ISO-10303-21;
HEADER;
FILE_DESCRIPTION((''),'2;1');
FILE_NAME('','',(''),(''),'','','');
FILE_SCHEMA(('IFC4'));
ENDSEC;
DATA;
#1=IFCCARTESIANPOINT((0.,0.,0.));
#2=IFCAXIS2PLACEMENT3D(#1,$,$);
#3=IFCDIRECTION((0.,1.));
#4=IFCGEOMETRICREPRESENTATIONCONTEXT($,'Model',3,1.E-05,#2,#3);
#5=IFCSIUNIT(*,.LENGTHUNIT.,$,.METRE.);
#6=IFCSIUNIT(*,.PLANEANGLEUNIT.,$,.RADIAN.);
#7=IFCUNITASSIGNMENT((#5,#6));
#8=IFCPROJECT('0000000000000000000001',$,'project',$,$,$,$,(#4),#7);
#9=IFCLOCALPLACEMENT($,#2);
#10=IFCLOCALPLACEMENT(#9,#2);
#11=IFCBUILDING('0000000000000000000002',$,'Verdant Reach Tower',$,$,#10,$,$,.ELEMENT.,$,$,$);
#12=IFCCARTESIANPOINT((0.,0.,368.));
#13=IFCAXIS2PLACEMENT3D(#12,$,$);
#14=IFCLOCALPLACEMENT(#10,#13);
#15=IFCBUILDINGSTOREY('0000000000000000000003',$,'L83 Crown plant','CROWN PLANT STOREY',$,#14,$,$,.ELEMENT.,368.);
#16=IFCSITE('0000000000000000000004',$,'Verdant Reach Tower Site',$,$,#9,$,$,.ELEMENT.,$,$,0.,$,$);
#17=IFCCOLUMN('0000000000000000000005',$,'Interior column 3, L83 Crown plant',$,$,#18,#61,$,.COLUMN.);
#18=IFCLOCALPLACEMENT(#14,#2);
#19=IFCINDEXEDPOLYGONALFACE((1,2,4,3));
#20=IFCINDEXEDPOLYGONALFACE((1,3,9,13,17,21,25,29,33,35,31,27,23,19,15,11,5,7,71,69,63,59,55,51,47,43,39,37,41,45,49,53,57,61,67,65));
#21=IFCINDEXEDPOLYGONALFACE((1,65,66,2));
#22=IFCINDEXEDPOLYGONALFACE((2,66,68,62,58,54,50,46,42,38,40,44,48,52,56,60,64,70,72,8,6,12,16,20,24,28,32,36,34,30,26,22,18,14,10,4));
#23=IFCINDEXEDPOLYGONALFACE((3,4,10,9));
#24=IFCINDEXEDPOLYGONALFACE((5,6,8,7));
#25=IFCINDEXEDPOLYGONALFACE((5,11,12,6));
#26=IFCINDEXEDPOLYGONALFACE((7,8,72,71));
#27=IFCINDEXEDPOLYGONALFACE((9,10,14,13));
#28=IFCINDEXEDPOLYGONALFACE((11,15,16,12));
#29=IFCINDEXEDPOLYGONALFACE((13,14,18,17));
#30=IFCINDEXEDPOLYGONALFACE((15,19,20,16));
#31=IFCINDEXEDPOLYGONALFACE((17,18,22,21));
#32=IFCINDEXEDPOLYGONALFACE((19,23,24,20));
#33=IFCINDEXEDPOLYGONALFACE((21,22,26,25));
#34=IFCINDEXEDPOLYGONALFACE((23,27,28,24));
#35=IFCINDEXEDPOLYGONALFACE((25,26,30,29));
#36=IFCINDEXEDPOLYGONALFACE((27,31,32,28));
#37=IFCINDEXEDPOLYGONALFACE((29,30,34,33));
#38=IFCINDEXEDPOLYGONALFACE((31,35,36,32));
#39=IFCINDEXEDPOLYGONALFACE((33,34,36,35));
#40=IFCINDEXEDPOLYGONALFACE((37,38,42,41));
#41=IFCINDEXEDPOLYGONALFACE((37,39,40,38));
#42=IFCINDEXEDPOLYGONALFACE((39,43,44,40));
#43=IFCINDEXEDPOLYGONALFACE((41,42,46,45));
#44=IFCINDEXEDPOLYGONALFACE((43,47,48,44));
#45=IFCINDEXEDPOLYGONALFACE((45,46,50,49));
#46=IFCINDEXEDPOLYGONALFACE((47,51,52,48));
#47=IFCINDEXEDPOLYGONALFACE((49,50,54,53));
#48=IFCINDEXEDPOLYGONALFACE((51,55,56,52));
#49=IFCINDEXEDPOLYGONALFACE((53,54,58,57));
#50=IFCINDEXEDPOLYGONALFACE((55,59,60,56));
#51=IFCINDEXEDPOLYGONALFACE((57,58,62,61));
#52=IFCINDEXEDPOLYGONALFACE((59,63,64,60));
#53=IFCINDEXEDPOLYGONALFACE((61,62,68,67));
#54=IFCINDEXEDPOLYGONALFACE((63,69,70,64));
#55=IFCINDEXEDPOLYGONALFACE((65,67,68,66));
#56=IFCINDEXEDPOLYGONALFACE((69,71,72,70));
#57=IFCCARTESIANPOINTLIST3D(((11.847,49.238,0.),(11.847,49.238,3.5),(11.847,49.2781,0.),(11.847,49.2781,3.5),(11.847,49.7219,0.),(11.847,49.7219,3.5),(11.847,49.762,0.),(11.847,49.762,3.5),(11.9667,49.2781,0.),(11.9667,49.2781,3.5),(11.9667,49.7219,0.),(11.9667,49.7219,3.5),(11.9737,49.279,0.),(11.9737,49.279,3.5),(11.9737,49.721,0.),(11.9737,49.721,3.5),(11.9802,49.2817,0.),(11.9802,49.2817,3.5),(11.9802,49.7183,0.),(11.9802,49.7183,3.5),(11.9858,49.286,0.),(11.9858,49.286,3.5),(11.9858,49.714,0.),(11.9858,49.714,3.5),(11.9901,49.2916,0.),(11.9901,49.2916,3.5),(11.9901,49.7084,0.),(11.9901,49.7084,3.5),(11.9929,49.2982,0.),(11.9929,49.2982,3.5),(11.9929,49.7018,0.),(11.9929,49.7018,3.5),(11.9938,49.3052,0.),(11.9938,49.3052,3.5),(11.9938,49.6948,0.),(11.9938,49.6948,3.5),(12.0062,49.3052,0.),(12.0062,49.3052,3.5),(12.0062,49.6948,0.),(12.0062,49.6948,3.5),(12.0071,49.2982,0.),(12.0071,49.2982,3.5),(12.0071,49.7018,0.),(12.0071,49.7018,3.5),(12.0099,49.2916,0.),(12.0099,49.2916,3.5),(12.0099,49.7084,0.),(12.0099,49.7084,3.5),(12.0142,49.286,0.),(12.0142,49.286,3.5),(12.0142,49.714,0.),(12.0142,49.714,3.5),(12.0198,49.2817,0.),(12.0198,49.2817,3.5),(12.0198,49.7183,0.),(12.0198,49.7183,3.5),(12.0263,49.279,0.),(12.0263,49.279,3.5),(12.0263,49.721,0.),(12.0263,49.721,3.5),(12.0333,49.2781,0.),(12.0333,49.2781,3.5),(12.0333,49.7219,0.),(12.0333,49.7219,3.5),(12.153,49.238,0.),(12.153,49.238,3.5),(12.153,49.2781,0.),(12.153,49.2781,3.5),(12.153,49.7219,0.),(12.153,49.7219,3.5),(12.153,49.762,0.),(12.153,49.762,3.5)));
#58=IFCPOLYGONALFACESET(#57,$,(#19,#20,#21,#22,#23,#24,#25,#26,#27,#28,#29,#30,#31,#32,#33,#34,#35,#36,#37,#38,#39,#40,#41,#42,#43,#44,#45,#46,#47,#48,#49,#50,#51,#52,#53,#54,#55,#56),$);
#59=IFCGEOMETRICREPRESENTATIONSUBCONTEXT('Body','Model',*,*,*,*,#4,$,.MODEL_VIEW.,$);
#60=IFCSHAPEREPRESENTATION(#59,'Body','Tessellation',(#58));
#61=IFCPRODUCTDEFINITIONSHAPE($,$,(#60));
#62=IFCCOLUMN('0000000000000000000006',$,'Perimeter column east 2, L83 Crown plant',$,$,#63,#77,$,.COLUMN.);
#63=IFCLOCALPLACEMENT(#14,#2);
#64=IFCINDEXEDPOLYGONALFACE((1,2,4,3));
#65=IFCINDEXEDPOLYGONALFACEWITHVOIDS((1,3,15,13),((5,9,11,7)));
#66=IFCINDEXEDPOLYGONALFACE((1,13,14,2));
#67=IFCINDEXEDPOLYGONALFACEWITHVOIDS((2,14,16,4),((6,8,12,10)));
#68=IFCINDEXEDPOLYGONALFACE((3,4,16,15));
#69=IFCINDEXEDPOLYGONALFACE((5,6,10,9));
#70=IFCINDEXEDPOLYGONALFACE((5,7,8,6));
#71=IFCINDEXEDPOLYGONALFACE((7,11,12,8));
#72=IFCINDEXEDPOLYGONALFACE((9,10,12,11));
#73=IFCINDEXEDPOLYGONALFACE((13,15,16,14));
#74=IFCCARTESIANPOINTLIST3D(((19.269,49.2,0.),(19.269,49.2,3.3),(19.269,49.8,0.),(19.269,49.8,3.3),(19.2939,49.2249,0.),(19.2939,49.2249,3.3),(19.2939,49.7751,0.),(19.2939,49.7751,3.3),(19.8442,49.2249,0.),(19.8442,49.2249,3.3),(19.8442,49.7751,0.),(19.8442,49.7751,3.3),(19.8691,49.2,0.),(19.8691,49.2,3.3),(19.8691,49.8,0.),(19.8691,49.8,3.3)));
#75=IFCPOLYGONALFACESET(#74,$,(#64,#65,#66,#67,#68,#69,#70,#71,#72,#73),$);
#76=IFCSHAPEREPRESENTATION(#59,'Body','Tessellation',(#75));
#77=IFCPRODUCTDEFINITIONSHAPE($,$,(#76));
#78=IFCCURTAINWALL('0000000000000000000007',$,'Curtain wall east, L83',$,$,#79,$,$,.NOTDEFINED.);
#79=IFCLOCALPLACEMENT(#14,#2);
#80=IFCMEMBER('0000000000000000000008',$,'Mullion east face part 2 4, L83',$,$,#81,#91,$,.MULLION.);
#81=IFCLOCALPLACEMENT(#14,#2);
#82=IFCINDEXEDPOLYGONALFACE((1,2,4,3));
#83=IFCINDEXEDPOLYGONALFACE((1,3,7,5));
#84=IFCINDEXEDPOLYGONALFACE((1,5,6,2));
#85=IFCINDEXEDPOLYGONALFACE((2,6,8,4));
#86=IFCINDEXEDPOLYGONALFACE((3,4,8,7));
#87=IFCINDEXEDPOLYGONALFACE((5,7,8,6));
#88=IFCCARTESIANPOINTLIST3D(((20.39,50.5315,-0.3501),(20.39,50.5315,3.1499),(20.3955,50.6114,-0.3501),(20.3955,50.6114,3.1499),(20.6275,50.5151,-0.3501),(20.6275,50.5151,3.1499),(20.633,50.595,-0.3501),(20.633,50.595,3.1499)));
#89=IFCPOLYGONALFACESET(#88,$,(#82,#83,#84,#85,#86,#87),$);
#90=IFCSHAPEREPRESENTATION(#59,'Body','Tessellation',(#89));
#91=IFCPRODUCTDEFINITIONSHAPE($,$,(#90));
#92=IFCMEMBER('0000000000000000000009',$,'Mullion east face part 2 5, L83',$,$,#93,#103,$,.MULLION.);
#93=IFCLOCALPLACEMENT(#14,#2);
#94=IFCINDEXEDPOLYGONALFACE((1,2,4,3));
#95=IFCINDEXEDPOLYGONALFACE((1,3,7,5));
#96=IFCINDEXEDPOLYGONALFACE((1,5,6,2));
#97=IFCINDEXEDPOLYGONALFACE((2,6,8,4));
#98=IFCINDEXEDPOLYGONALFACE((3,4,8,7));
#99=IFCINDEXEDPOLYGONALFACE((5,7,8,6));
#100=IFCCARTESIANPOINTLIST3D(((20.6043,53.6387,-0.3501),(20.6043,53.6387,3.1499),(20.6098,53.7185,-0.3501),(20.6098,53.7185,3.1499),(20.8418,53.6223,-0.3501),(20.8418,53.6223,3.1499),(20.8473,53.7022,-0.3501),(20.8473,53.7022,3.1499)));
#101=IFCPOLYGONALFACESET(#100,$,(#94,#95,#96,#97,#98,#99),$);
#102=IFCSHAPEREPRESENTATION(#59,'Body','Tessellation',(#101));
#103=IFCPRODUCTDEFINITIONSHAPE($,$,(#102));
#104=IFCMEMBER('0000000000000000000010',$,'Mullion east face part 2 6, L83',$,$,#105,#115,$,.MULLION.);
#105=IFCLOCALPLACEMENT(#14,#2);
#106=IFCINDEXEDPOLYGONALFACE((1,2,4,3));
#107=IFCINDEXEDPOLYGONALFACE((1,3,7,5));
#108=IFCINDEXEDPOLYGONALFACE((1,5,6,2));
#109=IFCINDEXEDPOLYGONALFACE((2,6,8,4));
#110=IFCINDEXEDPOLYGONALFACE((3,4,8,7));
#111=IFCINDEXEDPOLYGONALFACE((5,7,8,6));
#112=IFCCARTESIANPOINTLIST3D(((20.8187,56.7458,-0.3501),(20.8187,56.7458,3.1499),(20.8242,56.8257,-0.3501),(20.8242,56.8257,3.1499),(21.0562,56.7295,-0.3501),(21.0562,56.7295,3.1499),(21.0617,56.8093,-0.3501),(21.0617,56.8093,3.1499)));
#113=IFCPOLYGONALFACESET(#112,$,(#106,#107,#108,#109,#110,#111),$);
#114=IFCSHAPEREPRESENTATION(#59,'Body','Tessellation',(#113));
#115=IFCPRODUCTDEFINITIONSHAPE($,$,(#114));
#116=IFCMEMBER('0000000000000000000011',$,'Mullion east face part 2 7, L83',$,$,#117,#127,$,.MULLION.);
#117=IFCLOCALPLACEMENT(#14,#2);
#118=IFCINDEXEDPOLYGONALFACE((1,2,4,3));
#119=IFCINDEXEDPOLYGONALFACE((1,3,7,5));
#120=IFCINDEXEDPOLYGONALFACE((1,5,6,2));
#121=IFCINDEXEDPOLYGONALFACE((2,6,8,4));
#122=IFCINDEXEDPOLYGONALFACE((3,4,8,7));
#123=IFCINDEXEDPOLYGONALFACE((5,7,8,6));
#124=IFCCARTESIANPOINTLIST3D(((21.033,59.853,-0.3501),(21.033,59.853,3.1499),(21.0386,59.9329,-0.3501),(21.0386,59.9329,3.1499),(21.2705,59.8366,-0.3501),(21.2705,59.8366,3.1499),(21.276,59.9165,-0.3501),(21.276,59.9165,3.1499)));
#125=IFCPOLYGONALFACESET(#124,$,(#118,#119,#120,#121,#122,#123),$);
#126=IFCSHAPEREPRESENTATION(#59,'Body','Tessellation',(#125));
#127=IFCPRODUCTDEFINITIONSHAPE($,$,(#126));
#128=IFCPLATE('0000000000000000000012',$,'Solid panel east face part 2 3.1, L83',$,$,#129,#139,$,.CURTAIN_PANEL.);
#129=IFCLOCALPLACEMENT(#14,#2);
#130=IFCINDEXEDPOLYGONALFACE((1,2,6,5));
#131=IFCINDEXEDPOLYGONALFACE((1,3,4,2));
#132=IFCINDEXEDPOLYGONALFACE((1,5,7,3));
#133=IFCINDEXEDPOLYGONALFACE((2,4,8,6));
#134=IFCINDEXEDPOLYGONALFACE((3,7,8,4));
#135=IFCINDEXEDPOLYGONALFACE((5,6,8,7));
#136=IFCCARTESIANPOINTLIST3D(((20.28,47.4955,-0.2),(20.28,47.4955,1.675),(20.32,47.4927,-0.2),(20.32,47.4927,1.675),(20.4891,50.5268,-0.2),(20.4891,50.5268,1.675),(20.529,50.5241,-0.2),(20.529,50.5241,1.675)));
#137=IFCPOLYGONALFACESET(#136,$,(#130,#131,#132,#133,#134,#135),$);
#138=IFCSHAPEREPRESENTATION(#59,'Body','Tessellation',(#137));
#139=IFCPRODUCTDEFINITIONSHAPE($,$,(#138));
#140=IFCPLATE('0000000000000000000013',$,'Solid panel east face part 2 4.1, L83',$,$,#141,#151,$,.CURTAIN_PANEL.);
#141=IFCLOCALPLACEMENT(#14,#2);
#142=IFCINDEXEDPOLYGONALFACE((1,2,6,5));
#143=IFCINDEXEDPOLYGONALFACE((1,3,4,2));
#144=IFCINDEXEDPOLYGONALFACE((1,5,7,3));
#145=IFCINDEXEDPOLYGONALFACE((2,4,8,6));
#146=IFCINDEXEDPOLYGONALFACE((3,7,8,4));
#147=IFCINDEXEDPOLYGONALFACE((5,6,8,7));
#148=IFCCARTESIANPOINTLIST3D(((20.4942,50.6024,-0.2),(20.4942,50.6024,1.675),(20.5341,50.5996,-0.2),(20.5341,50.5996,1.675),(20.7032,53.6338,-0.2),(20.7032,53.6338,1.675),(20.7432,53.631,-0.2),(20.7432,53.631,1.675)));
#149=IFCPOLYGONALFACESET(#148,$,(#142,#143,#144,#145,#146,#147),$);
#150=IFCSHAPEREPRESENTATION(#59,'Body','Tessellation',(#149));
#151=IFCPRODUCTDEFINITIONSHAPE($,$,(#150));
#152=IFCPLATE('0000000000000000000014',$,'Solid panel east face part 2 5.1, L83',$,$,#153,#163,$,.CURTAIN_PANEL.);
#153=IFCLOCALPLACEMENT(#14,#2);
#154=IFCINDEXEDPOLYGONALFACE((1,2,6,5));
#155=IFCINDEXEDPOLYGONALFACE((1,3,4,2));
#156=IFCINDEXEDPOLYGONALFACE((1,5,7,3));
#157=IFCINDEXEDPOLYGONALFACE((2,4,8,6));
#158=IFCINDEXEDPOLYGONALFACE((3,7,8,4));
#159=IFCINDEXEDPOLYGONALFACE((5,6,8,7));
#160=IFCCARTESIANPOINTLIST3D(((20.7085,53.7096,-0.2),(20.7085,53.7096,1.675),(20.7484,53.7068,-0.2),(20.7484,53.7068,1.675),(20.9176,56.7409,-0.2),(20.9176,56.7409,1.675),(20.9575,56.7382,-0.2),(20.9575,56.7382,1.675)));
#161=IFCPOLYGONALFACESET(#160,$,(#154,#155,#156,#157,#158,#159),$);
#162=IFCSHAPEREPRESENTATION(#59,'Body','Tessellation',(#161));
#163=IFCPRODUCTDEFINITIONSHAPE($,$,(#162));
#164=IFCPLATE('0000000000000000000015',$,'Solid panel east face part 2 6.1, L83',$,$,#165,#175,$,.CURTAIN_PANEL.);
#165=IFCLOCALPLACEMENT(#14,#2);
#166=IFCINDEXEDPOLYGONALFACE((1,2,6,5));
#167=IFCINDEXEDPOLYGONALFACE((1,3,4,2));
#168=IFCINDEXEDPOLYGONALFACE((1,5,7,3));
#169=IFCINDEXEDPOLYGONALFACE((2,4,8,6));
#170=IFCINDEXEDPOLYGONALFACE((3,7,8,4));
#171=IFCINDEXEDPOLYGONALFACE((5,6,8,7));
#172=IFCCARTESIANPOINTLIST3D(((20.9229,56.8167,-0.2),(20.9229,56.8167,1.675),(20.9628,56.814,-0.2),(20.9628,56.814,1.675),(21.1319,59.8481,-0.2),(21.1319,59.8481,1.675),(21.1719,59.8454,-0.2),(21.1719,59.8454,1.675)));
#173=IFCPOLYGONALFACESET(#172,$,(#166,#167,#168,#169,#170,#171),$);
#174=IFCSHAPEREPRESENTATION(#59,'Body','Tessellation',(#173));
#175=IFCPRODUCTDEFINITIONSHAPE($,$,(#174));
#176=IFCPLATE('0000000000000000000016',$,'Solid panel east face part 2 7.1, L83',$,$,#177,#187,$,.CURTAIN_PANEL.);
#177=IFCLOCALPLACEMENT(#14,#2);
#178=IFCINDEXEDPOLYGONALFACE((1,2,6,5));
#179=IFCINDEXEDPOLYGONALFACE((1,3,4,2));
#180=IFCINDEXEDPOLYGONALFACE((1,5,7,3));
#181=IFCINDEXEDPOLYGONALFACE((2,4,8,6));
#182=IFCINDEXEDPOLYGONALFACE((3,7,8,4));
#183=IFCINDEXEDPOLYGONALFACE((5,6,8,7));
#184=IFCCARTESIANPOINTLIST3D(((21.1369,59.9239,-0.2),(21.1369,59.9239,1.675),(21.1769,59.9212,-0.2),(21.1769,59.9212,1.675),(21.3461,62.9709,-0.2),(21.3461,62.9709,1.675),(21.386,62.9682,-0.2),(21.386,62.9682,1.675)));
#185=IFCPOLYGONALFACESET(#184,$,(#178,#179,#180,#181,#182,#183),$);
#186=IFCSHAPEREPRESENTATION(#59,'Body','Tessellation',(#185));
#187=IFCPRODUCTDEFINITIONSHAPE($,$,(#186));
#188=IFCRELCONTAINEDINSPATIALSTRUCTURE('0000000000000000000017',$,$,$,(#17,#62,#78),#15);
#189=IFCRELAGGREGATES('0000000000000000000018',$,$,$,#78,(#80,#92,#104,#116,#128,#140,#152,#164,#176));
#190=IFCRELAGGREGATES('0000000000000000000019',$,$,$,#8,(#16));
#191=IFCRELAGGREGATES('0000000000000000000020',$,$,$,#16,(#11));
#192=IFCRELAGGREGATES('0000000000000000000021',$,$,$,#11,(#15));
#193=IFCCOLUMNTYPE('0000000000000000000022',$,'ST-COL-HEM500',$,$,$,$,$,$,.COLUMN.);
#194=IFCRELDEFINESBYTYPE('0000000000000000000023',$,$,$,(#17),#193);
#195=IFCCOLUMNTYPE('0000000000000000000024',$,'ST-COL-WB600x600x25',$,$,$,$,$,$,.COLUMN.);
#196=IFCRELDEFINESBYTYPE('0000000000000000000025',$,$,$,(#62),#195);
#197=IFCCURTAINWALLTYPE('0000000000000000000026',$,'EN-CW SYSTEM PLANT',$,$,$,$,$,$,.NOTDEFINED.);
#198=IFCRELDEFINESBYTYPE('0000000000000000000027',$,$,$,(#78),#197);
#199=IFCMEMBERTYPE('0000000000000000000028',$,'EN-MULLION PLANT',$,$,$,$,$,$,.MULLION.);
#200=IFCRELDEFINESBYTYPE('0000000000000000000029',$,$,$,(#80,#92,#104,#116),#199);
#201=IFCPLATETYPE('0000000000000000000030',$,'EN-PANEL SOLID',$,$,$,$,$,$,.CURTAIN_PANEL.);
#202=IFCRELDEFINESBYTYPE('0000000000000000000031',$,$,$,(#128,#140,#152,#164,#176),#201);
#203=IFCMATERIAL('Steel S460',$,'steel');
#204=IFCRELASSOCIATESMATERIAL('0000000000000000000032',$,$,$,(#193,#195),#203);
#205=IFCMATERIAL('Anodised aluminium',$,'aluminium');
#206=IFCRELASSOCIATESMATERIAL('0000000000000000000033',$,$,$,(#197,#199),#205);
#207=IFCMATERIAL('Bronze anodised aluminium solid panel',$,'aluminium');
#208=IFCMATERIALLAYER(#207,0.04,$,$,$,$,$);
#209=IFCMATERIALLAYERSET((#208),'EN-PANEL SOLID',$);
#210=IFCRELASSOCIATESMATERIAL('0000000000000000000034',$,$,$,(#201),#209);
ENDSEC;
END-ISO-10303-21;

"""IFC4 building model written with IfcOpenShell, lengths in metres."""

from ifc_helpers import new_model, si_unit, direction, frame, origin, origin_2d, place, context, subcontext, project, spatial, rectangle, hollow_rectangle, i_section, extrude, material, layer, layer_set, material_profile, profile_set, type_object, element, aggregate, save


model = new_model("IFC4")

# Units and contexts
model_context = context("Model", 3, precision=1e-05, world=origin(), true_north=direction((0.0, 1.0)))
body_context = subcontext(model_context, "Body", "Model", "MODEL_VIEW")
ifc_project = project(units=[si_unit("LENGTHUNIT", "METRE"), si_unit("PLANEANGLEUNIT", "RADIAN")], contexts=[model_context])

# Site, building, storey
site_placement = place(None, origin())
site = spatial("IfcSite", under=ifc_project, at=site_placement, Name="Verdant Reach Tower Site", CompositionType="ELEMENT", RefElevation=0.0)
building_placement = place(site_placement, origin())
building = spatial("IfcBuilding", under=site, at=building_placement, Name="Verdant Reach Tower", CompositionType="ELEMENT")
storey_placement = place(building_placement, frame((0.0, 0.0, 368.0)))
storey = spatial("IfcBuildingStorey", under=building, at=storey_placement, Name="L83 Crown plant", Description="CROWN PLANT STOREY", CompositionType="ELEMENT", Elevation=368.0)

# Columns
ifc_material_1 = material(Name="Steel S460", Category="steel")
ifc_material_profile_1 = material_profile(ifc_material_1, i_section(OverallWidth=0.3059, OverallDepth=0.5239, WebThickness=0.0125, FlangeThickness=0.04, FilletRadius=0.0271, at=origin_2d()), Name="HEM 500")
ifc_profile_set_1 = profile_set([ifc_material_profile_1], Name="Steel S460")
column_type_1 = type_object("IfcColumnType", Name="ST-COL-HEM500", PredefinedType="COLUMN", material=ifc_profile_set_1)
column_1_placement = place(storey_placement, frame((12.0, 49.5, 0.0), z_axis=(0.0, 0.0, 1.0), x_axis=(1.0, 0.0, 0.0)))
element("IfcColumn", 1, at=column_1_placement, inside=storey, type_object=column_type_1, Name="Interior column 3, L83 Crown plant", PredefinedType="COLUMN", context=body_context, shape_type="SweptSolid", body=[
    extrude(i_section(OverallWidth=0.3059, OverallDepth=0.5239, WebThickness=0.0125, FlangeThickness=0.04, FilletRadius=0.0271, at=origin_2d()), origin(), (0.0, 0.0, 1.0), 3.5),
])
ifc_material_profile_2 = material_profile(ifc_material_1, hollow_rectangle(XDim=0.6001, YDim=0.6001, WallThickness=0.0249, at=origin_2d()), Name="WB 600x600x25")
ifc_profile_set_2 = profile_set([ifc_material_profile_2], Name="Steel S460")
column_type_2 = type_object("IfcColumnType", Name="ST-COL-WB600x600x25", PredefinedType="COLUMN", material=ifc_profile_set_2)
column_2_placement = place(storey_placement, frame((19.5691, 49.5, 0.0), z_axis=(0.0, 0.0, 1.0), x_axis=(1.0, 0.0, 0.0)))
element("IfcColumn", 2, at=column_2_placement, inside=storey, type_object=column_type_2, Name="Perimeter column east 2, L83 Crown plant", PredefinedType="COLUMN", context=body_context, shape_type="SweptSolid", body=[
    extrude(hollow_rectangle(XDim=0.6001, YDim=0.6001, WallThickness=0.0249, at=origin_2d()), origin(), (0.0, 0.0, 1.0), 3.3),
])

# Curtain wall, members, plates
ifc_material_2 = material(Name="Anodised aluminium", Category="aluminium")
curtain_wall_type = type_object("IfcCurtainWallType", Name="EN-CW SYSTEM PLANT", PredefinedType="NOTDEFINED", material=ifc_material_2)
curtain_wall_placement = place(storey_placement, origin())
curtain_wall = element("IfcCurtainWall", 3, at=curtain_wall_placement, inside=storey, type_object=curtain_wall_type, Name="Curtain wall east, L83", PredefinedType="NOTDEFINED")
ifc_material_profile_3 = material_profile(ifc_material_2, rectangle(XDim=0.238, YDim=0.0801, at=origin_2d()), Name="Mullion 80x240")
ifc_profile_set_3 = profile_set([ifc_material_profile_3], Name="Anodised aluminium")
member_type = type_object("IfcMemberType", Name="EN-MULLION PLANT", PredefinedType="MULLION", material=ifc_profile_set_3)
member_1_placement = place(storey_placement, frame((20.5115, 50.5632, -0.3501), z_axis=(0.0, 0.0, 1.0), x_axis=(0.99763, -0.068802, 0.0)))
member_1 = element("IfcMember", 4, at=member_1_placement, type_object=member_type, Name="Mullion east face part 2 4, L83", PredefinedType="MULLION", context=body_context, shape_type="SweptSolid", body=[
    extrude(rectangle(XDim=0.238, YDim=0.0801, at=origin_2d()), origin(), (0.0, 0.0, 1.0), 3.5),
])
member_2_placement = place(storey_placement, frame((20.7258, 53.6704, -0.3501), z_axis=(0.0, 0.0, 1.0), x_axis=(0.99763, -0.068802, 0.0)))
member_2 = element("IfcMember", 5, at=member_2_placement, type_object=member_type, Name="Mullion east face part 2 5, L83", PredefinedType="MULLION", context=body_context, shape_type="SweptSolid", body=[
    extrude(rectangle(XDim=0.238, YDim=0.0801, at=origin_2d()), origin(), (0.0, 0.0, 1.0), 3.5),
])
member_3_placement = place(storey_placement, frame((20.9402, 56.7776, -0.3501), z_axis=(0.0, 0.0, 1.0), x_axis=(0.99763, -0.068802, 0.0)))
member_3 = element("IfcMember", 6, at=member_3_placement, type_object=member_type, Name="Mullion east face part 2 6, L83", PredefinedType="MULLION", context=body_context, shape_type="SweptSolid", body=[
    extrude(rectangle(XDim=0.238, YDim=0.0801, at=origin_2d()), origin(), (0.0, 0.0, 1.0), 3.5),
])
member_4_placement = place(storey_placement, frame((21.1545, 59.8848, -0.3501), z_axis=(0.0, 0.0, 1.0), x_axis=(0.99763, -0.068802, 0.0)))
member_4 = element("IfcMember", 7, at=member_4_placement, type_object=member_type, Name="Mullion east face part 2 7, L83", PredefinedType="MULLION", context=body_context, shape_type="SweptSolid", body=[
    extrude(rectangle(XDim=0.238, YDim=0.0801, at=origin_2d()), origin(), (0.0, 0.0, 1.0), 3.5),
])
ifc_material_3 = material(Name="Bronze anodised aluminium solid panel", Category="aluminium")
ifc_layer_1 = layer(ifc_material_3, 0.04)
ifc_layer_set_1 = layer_set([ifc_layer_1], Name="EN-PANEL SOLID")
plate_type = type_object("IfcPlateType", Name="EN-PANEL SOLID", PredefinedType="CURTAIN_PANEL", material=ifc_layer_set_1)
plate_1_placement = place(storey_placement, frame((20.4045, 49.0098, -0.2), z_axis=(0.0, 0.0, 1.0), x_axis=(0.068802, 0.99763, 0.0)))
plate_1 = element("IfcPlate", 8, at=plate_1_placement, type_object=plate_type, Name="Solid panel east face part 2 3.1, L83", PredefinedType="CURTAIN_PANEL", context=body_context, shape_type="SweptSolid", body=[
    extrude(rectangle(XDim=3.0386, YDim=0.04, at=origin_2d()), origin(), (0.0, 0.0, 1.0), 1.875),
])
plate_2_placement = place(storey_placement, frame((20.6187, 52.1167, -0.2), z_axis=(0.0, 0.0, 1.0), x_axis=(0.068802, 0.99763, 0.0)))
plate_2 = element("IfcPlate", 9, at=plate_2_placement, type_object=plate_type, Name="Solid panel east face part 2 4.1, L83", PredefinedType="CURTAIN_PANEL", context=body_context, shape_type="SweptSolid", body=[
    extrude(rectangle(XDim=3.0386, YDim=0.04, at=origin_2d()), origin(), (0.0, 0.0, 1.0), 1.875),
])
plate_3_placement = place(storey_placement, frame((20.833, 55.2239, -0.2), z_axis=(0.0, 0.0, 1.0), x_axis=(0.068802, 0.99763, 0.0)))
plate_3 = element("IfcPlate", 10, at=plate_3_placement, type_object=plate_type, Name="Solid panel east face part 2 5.1, L83", PredefinedType="CURTAIN_PANEL", context=body_context, shape_type="SweptSolid", body=[
    extrude(rectangle(XDim=3.0386, YDim=0.04, at=origin_2d()), origin(), (0.0, 0.0, 1.0), 1.875),
])
plate_4_placement = place(storey_placement, frame((21.0474, 58.3311, -0.2), z_axis=(0.0, 0.0, 1.0), x_axis=(0.068802, 0.99763, 0.0)))
plate_4 = element("IfcPlate", 11, at=plate_4_placement, type_object=plate_type, Name="Solid panel east face part 2 6.1, L83", PredefinedType="CURTAIN_PANEL", context=body_context, shape_type="SweptSolid", body=[
    extrude(rectangle(XDim=3.0386, YDim=0.04, at=origin_2d()), origin(), (0.0, 0.0, 1.0), 1.875),
])
plate_5_placement = place(storey_placement, frame((21.2615, 61.446, -0.2), z_axis=(0.0, 0.0, 1.0), x_axis=(0.068469, 0.997653, 0.0)))
plate_5 = element("IfcPlate", 12, at=plate_5_placement, type_object=plate_type, Name="Solid panel east face part 2 7.1, L83", PredefinedType="CURTAIN_PANEL", context=body_context, shape_type="SweptSolid", body=[
    extrude(rectangle(XDim=3.0542, YDim=0.04, at=origin_2d()), origin(), (0.0, 0.0, 1.0), 1.875),
])
aggregate(curtain_wall, [member_1, member_2, member_3, member_4, plate_1, plate_2, plate_3, plate_4, plate_5])

save(model, "model.ifc")
